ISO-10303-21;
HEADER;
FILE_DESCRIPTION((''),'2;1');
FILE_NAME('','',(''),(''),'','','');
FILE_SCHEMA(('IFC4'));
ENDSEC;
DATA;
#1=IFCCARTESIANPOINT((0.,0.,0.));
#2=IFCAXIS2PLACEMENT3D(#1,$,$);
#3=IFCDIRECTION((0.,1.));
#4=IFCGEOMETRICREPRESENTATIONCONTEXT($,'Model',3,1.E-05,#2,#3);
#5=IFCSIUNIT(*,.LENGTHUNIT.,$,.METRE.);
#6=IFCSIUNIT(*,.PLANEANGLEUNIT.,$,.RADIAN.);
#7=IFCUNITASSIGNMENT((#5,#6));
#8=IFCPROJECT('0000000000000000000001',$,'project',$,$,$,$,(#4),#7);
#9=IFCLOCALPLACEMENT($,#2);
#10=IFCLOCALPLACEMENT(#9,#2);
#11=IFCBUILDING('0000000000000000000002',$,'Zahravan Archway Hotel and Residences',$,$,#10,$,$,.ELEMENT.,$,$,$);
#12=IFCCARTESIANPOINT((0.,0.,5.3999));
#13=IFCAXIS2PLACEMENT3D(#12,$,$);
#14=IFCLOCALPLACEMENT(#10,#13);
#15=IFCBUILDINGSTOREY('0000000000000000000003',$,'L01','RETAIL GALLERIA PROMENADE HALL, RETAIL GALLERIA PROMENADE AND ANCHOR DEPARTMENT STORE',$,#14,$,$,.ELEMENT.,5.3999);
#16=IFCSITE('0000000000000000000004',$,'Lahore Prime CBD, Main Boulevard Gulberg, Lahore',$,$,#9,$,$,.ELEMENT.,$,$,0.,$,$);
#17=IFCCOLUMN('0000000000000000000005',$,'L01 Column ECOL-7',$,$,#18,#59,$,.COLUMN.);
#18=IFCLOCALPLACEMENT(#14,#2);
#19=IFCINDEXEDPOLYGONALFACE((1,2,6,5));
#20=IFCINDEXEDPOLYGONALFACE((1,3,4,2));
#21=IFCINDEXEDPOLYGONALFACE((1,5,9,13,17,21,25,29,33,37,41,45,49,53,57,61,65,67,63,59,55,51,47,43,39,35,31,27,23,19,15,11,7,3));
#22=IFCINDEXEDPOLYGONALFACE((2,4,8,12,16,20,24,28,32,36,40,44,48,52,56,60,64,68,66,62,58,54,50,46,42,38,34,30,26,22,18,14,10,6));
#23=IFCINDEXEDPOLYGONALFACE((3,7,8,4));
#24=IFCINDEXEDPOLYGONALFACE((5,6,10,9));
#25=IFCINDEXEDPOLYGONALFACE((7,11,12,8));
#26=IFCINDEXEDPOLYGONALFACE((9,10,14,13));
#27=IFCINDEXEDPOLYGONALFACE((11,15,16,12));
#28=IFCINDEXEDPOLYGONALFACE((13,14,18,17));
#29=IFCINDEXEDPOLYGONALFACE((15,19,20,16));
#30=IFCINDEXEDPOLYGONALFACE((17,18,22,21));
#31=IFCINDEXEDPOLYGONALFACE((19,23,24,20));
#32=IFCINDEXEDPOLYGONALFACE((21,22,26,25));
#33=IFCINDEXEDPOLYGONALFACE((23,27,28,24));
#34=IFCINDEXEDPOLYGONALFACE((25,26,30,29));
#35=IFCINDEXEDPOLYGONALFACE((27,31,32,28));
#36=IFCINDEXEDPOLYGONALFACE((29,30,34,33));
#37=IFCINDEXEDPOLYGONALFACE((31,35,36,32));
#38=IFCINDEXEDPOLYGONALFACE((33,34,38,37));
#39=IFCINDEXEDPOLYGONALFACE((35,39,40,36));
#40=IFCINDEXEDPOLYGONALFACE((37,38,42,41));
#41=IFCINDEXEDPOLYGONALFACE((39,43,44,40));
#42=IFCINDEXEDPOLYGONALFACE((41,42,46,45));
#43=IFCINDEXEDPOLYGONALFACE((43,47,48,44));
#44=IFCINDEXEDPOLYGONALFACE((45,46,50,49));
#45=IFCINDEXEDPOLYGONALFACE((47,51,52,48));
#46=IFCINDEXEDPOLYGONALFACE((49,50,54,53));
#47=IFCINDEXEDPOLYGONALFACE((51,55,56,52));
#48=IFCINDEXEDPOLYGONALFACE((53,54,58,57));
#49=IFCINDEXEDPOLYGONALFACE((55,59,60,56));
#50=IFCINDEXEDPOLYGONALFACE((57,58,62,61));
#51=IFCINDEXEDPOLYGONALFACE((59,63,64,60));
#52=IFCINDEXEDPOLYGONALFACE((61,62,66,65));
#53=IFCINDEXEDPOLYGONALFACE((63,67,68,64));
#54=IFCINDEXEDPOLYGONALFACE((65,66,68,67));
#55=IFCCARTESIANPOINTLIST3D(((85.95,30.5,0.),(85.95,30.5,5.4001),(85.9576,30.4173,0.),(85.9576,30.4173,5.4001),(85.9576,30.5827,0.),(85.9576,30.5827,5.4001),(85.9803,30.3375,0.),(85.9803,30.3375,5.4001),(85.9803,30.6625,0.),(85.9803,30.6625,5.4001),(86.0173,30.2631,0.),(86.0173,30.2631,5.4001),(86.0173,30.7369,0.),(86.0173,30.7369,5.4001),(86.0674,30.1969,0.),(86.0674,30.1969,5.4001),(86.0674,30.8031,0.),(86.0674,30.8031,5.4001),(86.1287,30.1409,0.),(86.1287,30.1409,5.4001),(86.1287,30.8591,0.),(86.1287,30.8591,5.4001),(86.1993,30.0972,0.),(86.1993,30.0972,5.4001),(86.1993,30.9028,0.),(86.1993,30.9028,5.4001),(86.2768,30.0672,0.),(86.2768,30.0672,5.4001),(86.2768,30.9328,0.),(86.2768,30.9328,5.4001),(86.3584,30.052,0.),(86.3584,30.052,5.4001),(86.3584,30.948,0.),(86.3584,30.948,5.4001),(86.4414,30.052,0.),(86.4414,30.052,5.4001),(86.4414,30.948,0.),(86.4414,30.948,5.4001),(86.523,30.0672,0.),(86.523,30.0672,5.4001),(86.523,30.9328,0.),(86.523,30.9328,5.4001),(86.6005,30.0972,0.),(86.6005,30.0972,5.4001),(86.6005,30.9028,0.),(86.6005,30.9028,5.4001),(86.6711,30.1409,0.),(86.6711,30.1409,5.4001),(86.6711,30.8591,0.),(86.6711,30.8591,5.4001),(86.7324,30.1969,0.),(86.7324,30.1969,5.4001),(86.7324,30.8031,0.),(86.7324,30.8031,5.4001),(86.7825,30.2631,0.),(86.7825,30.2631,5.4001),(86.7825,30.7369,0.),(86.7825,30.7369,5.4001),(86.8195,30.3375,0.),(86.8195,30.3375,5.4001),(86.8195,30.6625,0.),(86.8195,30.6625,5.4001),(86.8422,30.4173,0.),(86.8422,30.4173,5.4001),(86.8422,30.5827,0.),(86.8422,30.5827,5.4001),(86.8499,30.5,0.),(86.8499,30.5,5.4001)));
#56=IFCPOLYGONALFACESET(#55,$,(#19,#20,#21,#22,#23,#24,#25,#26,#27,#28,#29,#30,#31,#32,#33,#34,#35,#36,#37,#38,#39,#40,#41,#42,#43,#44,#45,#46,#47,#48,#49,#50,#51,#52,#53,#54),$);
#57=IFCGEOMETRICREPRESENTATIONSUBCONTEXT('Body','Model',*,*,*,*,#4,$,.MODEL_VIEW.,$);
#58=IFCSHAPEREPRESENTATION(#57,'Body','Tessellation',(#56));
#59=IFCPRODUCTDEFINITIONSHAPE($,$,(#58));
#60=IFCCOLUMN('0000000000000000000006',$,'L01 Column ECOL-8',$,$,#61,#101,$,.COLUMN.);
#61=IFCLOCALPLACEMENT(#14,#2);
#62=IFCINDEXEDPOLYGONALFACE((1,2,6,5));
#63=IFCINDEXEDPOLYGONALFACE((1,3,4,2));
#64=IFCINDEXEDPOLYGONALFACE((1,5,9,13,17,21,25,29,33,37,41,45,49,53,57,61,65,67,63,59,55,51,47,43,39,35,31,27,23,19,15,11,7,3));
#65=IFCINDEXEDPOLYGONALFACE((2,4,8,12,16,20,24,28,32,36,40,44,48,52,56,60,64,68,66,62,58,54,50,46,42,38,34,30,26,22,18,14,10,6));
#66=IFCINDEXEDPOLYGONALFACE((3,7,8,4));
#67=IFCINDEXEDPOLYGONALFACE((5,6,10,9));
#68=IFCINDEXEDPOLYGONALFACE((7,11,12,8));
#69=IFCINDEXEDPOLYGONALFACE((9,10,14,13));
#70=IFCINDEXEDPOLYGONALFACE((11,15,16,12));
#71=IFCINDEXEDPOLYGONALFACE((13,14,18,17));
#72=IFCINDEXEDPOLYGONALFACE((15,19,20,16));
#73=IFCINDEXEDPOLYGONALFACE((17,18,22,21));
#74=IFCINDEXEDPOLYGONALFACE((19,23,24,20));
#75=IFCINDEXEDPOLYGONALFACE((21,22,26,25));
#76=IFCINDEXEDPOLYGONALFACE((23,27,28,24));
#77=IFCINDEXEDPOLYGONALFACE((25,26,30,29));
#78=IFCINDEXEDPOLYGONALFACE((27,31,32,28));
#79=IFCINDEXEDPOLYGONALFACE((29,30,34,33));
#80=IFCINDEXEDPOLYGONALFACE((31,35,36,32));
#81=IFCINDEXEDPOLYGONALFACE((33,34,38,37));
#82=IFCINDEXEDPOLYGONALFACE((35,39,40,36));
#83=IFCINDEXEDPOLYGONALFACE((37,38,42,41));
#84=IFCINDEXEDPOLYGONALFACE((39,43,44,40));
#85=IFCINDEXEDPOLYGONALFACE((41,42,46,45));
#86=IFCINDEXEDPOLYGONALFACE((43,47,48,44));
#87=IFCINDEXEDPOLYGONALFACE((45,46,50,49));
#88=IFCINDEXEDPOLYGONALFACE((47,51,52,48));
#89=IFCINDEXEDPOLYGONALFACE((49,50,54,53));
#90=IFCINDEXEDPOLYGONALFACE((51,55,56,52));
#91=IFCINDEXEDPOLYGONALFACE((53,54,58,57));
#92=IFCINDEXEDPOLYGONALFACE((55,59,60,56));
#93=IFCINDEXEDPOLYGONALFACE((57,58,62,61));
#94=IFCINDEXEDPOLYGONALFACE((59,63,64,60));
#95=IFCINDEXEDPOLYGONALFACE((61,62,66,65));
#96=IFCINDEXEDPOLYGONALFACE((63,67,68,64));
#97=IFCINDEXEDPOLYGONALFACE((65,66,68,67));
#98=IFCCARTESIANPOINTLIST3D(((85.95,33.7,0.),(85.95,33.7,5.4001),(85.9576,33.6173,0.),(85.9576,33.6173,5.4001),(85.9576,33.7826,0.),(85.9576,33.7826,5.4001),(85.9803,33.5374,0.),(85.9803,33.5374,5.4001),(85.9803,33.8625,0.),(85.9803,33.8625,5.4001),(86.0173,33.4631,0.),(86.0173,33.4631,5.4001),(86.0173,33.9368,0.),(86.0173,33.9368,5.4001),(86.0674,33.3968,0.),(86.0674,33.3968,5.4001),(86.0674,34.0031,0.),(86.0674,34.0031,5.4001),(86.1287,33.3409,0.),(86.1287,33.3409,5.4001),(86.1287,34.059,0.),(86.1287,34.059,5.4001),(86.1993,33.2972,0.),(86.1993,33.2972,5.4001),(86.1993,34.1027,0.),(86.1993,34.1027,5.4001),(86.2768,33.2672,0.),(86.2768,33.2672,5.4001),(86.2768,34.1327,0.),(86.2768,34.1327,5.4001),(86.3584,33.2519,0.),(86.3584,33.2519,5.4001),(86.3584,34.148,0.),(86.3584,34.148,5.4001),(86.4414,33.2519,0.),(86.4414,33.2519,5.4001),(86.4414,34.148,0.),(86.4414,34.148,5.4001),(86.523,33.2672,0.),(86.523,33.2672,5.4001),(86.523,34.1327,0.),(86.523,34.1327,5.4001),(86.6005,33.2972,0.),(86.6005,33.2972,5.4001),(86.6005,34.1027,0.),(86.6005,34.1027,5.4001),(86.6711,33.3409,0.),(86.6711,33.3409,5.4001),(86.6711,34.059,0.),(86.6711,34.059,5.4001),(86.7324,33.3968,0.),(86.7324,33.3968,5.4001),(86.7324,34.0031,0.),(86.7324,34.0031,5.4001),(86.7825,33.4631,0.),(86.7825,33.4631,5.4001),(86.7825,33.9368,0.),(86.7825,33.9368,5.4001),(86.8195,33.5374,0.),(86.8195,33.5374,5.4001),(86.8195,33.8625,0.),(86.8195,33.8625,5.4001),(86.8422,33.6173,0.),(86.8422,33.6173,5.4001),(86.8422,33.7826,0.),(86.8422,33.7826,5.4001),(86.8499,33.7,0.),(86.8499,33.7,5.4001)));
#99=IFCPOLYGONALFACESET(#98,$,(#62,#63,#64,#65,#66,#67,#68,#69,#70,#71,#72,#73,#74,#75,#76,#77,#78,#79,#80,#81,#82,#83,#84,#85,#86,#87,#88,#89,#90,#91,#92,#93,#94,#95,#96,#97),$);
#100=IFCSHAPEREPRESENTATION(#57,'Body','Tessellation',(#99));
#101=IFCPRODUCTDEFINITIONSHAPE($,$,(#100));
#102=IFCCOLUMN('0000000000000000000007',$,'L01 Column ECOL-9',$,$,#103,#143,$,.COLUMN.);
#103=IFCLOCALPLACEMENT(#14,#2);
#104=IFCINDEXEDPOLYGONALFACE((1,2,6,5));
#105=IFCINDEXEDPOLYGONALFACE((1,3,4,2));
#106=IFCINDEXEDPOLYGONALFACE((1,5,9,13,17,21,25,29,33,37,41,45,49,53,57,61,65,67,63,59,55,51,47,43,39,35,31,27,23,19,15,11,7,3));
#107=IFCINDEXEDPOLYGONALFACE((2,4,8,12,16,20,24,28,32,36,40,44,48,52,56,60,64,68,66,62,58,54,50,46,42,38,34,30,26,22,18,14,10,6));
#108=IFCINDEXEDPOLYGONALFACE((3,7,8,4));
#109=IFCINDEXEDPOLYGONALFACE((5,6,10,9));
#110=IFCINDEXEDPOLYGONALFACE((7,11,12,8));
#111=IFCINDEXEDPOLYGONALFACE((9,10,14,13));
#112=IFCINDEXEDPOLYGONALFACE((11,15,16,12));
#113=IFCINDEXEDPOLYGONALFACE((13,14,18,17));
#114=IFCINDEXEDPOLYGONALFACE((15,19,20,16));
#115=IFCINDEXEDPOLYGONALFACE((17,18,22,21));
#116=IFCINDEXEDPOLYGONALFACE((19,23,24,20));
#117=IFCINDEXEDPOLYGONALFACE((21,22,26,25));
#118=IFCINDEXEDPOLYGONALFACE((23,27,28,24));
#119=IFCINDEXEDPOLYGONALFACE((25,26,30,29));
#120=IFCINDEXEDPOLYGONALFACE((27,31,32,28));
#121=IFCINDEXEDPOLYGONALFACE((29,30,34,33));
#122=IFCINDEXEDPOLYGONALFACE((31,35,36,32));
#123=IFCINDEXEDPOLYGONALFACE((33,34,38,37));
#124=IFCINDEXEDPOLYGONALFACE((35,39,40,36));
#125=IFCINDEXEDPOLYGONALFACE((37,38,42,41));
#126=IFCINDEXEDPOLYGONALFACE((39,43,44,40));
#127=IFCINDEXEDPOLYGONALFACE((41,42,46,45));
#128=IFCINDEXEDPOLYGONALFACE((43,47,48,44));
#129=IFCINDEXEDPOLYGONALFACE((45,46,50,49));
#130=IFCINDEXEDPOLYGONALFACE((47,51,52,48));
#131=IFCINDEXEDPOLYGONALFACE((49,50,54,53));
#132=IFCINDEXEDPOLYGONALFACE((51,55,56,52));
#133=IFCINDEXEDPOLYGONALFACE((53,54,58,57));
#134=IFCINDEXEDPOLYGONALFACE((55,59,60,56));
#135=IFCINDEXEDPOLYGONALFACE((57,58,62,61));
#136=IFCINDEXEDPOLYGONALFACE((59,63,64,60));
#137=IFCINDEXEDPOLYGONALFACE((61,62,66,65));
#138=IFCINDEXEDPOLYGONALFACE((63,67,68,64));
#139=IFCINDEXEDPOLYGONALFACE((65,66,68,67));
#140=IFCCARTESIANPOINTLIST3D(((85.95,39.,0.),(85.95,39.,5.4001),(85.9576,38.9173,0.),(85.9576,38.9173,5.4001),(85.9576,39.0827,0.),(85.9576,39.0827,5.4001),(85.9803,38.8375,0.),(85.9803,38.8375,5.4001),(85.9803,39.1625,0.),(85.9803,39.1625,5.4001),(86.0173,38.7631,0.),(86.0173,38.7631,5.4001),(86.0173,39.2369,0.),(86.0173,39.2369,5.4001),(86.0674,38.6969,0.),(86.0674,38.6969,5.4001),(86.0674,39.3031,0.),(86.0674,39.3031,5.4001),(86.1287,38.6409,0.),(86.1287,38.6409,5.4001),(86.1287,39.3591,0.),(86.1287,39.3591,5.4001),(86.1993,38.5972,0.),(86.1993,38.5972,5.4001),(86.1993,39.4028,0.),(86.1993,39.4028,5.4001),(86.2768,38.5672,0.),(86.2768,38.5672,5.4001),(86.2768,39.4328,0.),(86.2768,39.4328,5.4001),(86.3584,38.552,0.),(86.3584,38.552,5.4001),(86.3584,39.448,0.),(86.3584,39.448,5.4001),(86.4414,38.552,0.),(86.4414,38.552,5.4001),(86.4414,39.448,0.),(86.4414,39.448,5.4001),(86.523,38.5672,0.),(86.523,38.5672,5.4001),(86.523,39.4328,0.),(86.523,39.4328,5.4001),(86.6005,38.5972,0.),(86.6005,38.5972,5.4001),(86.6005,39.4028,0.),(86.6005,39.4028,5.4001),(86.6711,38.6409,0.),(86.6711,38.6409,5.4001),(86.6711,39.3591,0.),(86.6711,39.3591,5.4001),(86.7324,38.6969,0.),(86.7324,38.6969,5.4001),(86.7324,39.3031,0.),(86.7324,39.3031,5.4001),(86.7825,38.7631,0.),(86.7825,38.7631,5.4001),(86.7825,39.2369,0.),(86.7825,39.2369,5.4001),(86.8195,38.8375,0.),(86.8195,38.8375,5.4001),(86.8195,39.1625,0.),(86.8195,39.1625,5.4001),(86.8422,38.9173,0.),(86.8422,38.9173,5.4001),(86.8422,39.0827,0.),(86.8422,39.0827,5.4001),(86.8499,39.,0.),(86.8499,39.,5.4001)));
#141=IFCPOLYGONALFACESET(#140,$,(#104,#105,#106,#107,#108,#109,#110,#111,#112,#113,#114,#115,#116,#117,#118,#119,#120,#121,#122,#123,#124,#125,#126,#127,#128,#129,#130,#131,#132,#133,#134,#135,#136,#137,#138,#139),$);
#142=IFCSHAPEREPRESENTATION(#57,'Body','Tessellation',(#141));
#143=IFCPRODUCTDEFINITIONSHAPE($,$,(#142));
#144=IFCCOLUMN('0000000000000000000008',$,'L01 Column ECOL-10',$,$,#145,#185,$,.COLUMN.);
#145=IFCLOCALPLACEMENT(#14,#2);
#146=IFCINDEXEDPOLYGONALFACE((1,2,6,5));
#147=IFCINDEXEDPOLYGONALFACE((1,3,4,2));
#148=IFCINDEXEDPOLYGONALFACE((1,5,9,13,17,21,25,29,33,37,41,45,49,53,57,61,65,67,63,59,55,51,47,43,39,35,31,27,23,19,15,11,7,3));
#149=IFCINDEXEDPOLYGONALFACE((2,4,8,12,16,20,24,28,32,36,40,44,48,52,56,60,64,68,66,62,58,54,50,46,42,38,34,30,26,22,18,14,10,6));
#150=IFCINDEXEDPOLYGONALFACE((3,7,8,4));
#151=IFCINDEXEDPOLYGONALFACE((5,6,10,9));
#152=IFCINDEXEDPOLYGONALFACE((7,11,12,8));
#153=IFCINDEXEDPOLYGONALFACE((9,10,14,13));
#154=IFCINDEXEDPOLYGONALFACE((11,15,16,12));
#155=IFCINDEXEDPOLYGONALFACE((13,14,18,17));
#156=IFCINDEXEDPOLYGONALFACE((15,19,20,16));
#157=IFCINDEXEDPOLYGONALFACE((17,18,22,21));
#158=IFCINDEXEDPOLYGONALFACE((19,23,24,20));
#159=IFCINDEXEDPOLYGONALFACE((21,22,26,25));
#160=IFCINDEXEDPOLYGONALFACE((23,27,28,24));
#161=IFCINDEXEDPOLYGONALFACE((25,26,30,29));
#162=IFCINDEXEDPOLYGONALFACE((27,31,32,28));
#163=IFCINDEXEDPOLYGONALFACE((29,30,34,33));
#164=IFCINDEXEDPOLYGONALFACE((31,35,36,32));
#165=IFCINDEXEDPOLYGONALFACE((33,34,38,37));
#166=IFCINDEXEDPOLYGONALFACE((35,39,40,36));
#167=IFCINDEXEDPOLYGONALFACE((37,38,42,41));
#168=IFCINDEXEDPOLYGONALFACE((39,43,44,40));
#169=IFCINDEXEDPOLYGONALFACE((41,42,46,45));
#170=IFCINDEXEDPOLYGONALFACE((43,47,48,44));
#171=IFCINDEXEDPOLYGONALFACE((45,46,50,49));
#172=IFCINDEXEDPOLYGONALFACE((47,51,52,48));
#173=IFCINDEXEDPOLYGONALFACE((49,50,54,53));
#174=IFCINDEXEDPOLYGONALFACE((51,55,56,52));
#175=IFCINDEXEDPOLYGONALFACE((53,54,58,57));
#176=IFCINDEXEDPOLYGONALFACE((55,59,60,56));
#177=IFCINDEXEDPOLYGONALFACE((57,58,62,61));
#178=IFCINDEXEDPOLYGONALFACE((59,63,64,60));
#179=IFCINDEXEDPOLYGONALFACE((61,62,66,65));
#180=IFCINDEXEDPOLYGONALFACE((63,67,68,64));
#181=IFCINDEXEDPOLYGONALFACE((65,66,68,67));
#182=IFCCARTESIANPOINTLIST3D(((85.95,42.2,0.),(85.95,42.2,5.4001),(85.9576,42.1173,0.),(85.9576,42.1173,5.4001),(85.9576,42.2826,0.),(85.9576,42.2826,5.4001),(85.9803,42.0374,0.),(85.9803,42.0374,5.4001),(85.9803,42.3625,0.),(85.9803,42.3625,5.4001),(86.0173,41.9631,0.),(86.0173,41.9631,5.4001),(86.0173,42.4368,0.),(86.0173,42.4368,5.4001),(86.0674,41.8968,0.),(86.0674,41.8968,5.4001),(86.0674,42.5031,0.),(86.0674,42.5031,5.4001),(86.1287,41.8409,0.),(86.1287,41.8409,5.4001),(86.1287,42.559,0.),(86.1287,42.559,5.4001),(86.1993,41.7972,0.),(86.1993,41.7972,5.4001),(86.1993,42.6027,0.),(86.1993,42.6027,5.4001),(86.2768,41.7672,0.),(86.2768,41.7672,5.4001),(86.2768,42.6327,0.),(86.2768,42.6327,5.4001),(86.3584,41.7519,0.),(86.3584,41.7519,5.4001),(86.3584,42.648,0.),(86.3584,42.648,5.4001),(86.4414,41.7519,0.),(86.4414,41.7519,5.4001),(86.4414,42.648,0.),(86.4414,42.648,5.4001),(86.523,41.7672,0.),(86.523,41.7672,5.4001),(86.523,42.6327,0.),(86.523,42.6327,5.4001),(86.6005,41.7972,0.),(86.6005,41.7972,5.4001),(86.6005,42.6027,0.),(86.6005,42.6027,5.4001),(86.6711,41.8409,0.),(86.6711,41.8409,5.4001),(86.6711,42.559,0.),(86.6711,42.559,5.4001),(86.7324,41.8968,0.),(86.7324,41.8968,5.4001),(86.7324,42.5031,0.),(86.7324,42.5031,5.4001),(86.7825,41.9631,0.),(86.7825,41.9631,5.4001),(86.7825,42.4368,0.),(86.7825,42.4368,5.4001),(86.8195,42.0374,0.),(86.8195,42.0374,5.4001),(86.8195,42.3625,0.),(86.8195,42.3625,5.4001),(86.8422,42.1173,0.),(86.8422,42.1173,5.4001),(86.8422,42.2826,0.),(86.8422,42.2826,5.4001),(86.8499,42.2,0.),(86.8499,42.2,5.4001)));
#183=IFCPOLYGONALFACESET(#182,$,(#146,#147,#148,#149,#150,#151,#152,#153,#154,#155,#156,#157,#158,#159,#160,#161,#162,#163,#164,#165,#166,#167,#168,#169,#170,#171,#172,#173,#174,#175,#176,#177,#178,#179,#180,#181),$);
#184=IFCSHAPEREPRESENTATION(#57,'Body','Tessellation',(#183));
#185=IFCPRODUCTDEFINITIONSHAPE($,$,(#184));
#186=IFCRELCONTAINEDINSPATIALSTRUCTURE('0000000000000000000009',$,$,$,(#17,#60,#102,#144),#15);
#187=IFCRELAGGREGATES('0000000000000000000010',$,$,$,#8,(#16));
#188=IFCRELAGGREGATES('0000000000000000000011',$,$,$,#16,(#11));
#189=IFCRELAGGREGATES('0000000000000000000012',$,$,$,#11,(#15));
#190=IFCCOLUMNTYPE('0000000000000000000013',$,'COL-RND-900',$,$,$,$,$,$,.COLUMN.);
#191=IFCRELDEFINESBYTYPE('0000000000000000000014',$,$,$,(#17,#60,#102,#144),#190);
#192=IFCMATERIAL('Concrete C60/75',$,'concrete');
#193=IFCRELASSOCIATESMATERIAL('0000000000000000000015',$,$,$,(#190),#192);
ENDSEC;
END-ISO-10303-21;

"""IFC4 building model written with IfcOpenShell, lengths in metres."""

from ifc_helpers import new_model, si_unit, direction, frame, origin, origin_2d, place, context, subcontext, project, spatial, circle, extrude, source, transform, mapped, material, material_profile, profile_set, type_object, element, save


model = new_model("IFC4")

# Units and contexts
model_context = context("Model", 3, precision=1e-05, world=origin(), true_north=direction((0.0, 1.0)))
body_context = subcontext(model_context, "Body", "Model", "MODEL_VIEW")
ifc_project = project(units=[si_unit("LENGTHUNIT", "METRE"), si_unit("PLANEANGLEUNIT", "RADIAN")], contexts=[model_context])

# Site, building, storey
site_placement = place(None, origin())
site = spatial("IfcSite", under=ifc_project, at=site_placement, Name="Lahore Prime CBD, Main Boulevard Gulberg, Lahore", CompositionType="ELEMENT", RefElevation=0.0)
building_placement = place(site_placement, origin())
building = spatial("IfcBuilding", under=site, at=building_placement, Name="Zahravan Archway Hotel and Residences", CompositionType="ELEMENT")
storey_placement = place(building_placement, frame((0.0, 0.0, 5.3999)))
storey = spatial("IfcBuildingStorey", under=building, at=storey_placement, Name="L01", Description="RETAIL GALLERIA PROMENADE HALL, RETAIL GALLERIA PROMENADE AND ANCHOR DEPARTMENT STORE", CompositionType="ELEMENT", Elevation=5.3999)

# Columns
ifc_material_1 = material(Name="Concrete C60/75", Category="concrete")
ifc_material_profile_1 = material_profile(ifc_material_1, circle(Radius=0.45, at=origin_2d()), Name="RC-CIRC-900", Category="concrete")
ifc_profile_set_1 = profile_set([ifc_material_profile_1], Name="Concrete C60/75")
column_type = type_object("IfcColumnType", Name="COL-RND-900", PredefinedType="COLUMN", material=ifc_profile_set_1)
shared_shape_1 = source(origin(), body_context, "Body", "SweptSolid", [
    extrude(circle(Radius=0.45, at=origin_2d()), origin(), (0.0, 0.0, 1.0), 5.4001),
])
for number, where, z_axis, x_axis, name in (
    (1, (86.3999, 30.5, 0.0), (0.0, 0.0, 1.0), (1.0, 0.0, 0.0), "L01 Column ECOL-7"),
    (2, (86.3999, 33.7, 0.0), (0.0, 0.0, 1.0), (1.0, 0.0, 0.0), "L01 Column ECOL-8"),
    (3, (86.3999, 39.0, 0.0), (0.0, 0.0, 1.0), (1.0, 0.0, 0.0), "L01 Column ECOL-9"),
    (4, (86.3999, 42.2, 0.0), (0.0, 0.0, 1.0), (1.0, 0.0, 0.0), "L01 Column ECOL-10"),
):
    element("IfcColumn", number, at=place(storey_placement, frame(where, z_axis=z_axis, x_axis=x_axis)), inside=storey, type_object=column_type, Name=name, PredefinedType="COLUMN", context=body_context, shape_type="MappedRepresentation", body=[
        mapped(shared_shape_1, transform((0.0, 0.0, 0.0), scale=1.0)),
    ])

save(model, "model.ifc")
